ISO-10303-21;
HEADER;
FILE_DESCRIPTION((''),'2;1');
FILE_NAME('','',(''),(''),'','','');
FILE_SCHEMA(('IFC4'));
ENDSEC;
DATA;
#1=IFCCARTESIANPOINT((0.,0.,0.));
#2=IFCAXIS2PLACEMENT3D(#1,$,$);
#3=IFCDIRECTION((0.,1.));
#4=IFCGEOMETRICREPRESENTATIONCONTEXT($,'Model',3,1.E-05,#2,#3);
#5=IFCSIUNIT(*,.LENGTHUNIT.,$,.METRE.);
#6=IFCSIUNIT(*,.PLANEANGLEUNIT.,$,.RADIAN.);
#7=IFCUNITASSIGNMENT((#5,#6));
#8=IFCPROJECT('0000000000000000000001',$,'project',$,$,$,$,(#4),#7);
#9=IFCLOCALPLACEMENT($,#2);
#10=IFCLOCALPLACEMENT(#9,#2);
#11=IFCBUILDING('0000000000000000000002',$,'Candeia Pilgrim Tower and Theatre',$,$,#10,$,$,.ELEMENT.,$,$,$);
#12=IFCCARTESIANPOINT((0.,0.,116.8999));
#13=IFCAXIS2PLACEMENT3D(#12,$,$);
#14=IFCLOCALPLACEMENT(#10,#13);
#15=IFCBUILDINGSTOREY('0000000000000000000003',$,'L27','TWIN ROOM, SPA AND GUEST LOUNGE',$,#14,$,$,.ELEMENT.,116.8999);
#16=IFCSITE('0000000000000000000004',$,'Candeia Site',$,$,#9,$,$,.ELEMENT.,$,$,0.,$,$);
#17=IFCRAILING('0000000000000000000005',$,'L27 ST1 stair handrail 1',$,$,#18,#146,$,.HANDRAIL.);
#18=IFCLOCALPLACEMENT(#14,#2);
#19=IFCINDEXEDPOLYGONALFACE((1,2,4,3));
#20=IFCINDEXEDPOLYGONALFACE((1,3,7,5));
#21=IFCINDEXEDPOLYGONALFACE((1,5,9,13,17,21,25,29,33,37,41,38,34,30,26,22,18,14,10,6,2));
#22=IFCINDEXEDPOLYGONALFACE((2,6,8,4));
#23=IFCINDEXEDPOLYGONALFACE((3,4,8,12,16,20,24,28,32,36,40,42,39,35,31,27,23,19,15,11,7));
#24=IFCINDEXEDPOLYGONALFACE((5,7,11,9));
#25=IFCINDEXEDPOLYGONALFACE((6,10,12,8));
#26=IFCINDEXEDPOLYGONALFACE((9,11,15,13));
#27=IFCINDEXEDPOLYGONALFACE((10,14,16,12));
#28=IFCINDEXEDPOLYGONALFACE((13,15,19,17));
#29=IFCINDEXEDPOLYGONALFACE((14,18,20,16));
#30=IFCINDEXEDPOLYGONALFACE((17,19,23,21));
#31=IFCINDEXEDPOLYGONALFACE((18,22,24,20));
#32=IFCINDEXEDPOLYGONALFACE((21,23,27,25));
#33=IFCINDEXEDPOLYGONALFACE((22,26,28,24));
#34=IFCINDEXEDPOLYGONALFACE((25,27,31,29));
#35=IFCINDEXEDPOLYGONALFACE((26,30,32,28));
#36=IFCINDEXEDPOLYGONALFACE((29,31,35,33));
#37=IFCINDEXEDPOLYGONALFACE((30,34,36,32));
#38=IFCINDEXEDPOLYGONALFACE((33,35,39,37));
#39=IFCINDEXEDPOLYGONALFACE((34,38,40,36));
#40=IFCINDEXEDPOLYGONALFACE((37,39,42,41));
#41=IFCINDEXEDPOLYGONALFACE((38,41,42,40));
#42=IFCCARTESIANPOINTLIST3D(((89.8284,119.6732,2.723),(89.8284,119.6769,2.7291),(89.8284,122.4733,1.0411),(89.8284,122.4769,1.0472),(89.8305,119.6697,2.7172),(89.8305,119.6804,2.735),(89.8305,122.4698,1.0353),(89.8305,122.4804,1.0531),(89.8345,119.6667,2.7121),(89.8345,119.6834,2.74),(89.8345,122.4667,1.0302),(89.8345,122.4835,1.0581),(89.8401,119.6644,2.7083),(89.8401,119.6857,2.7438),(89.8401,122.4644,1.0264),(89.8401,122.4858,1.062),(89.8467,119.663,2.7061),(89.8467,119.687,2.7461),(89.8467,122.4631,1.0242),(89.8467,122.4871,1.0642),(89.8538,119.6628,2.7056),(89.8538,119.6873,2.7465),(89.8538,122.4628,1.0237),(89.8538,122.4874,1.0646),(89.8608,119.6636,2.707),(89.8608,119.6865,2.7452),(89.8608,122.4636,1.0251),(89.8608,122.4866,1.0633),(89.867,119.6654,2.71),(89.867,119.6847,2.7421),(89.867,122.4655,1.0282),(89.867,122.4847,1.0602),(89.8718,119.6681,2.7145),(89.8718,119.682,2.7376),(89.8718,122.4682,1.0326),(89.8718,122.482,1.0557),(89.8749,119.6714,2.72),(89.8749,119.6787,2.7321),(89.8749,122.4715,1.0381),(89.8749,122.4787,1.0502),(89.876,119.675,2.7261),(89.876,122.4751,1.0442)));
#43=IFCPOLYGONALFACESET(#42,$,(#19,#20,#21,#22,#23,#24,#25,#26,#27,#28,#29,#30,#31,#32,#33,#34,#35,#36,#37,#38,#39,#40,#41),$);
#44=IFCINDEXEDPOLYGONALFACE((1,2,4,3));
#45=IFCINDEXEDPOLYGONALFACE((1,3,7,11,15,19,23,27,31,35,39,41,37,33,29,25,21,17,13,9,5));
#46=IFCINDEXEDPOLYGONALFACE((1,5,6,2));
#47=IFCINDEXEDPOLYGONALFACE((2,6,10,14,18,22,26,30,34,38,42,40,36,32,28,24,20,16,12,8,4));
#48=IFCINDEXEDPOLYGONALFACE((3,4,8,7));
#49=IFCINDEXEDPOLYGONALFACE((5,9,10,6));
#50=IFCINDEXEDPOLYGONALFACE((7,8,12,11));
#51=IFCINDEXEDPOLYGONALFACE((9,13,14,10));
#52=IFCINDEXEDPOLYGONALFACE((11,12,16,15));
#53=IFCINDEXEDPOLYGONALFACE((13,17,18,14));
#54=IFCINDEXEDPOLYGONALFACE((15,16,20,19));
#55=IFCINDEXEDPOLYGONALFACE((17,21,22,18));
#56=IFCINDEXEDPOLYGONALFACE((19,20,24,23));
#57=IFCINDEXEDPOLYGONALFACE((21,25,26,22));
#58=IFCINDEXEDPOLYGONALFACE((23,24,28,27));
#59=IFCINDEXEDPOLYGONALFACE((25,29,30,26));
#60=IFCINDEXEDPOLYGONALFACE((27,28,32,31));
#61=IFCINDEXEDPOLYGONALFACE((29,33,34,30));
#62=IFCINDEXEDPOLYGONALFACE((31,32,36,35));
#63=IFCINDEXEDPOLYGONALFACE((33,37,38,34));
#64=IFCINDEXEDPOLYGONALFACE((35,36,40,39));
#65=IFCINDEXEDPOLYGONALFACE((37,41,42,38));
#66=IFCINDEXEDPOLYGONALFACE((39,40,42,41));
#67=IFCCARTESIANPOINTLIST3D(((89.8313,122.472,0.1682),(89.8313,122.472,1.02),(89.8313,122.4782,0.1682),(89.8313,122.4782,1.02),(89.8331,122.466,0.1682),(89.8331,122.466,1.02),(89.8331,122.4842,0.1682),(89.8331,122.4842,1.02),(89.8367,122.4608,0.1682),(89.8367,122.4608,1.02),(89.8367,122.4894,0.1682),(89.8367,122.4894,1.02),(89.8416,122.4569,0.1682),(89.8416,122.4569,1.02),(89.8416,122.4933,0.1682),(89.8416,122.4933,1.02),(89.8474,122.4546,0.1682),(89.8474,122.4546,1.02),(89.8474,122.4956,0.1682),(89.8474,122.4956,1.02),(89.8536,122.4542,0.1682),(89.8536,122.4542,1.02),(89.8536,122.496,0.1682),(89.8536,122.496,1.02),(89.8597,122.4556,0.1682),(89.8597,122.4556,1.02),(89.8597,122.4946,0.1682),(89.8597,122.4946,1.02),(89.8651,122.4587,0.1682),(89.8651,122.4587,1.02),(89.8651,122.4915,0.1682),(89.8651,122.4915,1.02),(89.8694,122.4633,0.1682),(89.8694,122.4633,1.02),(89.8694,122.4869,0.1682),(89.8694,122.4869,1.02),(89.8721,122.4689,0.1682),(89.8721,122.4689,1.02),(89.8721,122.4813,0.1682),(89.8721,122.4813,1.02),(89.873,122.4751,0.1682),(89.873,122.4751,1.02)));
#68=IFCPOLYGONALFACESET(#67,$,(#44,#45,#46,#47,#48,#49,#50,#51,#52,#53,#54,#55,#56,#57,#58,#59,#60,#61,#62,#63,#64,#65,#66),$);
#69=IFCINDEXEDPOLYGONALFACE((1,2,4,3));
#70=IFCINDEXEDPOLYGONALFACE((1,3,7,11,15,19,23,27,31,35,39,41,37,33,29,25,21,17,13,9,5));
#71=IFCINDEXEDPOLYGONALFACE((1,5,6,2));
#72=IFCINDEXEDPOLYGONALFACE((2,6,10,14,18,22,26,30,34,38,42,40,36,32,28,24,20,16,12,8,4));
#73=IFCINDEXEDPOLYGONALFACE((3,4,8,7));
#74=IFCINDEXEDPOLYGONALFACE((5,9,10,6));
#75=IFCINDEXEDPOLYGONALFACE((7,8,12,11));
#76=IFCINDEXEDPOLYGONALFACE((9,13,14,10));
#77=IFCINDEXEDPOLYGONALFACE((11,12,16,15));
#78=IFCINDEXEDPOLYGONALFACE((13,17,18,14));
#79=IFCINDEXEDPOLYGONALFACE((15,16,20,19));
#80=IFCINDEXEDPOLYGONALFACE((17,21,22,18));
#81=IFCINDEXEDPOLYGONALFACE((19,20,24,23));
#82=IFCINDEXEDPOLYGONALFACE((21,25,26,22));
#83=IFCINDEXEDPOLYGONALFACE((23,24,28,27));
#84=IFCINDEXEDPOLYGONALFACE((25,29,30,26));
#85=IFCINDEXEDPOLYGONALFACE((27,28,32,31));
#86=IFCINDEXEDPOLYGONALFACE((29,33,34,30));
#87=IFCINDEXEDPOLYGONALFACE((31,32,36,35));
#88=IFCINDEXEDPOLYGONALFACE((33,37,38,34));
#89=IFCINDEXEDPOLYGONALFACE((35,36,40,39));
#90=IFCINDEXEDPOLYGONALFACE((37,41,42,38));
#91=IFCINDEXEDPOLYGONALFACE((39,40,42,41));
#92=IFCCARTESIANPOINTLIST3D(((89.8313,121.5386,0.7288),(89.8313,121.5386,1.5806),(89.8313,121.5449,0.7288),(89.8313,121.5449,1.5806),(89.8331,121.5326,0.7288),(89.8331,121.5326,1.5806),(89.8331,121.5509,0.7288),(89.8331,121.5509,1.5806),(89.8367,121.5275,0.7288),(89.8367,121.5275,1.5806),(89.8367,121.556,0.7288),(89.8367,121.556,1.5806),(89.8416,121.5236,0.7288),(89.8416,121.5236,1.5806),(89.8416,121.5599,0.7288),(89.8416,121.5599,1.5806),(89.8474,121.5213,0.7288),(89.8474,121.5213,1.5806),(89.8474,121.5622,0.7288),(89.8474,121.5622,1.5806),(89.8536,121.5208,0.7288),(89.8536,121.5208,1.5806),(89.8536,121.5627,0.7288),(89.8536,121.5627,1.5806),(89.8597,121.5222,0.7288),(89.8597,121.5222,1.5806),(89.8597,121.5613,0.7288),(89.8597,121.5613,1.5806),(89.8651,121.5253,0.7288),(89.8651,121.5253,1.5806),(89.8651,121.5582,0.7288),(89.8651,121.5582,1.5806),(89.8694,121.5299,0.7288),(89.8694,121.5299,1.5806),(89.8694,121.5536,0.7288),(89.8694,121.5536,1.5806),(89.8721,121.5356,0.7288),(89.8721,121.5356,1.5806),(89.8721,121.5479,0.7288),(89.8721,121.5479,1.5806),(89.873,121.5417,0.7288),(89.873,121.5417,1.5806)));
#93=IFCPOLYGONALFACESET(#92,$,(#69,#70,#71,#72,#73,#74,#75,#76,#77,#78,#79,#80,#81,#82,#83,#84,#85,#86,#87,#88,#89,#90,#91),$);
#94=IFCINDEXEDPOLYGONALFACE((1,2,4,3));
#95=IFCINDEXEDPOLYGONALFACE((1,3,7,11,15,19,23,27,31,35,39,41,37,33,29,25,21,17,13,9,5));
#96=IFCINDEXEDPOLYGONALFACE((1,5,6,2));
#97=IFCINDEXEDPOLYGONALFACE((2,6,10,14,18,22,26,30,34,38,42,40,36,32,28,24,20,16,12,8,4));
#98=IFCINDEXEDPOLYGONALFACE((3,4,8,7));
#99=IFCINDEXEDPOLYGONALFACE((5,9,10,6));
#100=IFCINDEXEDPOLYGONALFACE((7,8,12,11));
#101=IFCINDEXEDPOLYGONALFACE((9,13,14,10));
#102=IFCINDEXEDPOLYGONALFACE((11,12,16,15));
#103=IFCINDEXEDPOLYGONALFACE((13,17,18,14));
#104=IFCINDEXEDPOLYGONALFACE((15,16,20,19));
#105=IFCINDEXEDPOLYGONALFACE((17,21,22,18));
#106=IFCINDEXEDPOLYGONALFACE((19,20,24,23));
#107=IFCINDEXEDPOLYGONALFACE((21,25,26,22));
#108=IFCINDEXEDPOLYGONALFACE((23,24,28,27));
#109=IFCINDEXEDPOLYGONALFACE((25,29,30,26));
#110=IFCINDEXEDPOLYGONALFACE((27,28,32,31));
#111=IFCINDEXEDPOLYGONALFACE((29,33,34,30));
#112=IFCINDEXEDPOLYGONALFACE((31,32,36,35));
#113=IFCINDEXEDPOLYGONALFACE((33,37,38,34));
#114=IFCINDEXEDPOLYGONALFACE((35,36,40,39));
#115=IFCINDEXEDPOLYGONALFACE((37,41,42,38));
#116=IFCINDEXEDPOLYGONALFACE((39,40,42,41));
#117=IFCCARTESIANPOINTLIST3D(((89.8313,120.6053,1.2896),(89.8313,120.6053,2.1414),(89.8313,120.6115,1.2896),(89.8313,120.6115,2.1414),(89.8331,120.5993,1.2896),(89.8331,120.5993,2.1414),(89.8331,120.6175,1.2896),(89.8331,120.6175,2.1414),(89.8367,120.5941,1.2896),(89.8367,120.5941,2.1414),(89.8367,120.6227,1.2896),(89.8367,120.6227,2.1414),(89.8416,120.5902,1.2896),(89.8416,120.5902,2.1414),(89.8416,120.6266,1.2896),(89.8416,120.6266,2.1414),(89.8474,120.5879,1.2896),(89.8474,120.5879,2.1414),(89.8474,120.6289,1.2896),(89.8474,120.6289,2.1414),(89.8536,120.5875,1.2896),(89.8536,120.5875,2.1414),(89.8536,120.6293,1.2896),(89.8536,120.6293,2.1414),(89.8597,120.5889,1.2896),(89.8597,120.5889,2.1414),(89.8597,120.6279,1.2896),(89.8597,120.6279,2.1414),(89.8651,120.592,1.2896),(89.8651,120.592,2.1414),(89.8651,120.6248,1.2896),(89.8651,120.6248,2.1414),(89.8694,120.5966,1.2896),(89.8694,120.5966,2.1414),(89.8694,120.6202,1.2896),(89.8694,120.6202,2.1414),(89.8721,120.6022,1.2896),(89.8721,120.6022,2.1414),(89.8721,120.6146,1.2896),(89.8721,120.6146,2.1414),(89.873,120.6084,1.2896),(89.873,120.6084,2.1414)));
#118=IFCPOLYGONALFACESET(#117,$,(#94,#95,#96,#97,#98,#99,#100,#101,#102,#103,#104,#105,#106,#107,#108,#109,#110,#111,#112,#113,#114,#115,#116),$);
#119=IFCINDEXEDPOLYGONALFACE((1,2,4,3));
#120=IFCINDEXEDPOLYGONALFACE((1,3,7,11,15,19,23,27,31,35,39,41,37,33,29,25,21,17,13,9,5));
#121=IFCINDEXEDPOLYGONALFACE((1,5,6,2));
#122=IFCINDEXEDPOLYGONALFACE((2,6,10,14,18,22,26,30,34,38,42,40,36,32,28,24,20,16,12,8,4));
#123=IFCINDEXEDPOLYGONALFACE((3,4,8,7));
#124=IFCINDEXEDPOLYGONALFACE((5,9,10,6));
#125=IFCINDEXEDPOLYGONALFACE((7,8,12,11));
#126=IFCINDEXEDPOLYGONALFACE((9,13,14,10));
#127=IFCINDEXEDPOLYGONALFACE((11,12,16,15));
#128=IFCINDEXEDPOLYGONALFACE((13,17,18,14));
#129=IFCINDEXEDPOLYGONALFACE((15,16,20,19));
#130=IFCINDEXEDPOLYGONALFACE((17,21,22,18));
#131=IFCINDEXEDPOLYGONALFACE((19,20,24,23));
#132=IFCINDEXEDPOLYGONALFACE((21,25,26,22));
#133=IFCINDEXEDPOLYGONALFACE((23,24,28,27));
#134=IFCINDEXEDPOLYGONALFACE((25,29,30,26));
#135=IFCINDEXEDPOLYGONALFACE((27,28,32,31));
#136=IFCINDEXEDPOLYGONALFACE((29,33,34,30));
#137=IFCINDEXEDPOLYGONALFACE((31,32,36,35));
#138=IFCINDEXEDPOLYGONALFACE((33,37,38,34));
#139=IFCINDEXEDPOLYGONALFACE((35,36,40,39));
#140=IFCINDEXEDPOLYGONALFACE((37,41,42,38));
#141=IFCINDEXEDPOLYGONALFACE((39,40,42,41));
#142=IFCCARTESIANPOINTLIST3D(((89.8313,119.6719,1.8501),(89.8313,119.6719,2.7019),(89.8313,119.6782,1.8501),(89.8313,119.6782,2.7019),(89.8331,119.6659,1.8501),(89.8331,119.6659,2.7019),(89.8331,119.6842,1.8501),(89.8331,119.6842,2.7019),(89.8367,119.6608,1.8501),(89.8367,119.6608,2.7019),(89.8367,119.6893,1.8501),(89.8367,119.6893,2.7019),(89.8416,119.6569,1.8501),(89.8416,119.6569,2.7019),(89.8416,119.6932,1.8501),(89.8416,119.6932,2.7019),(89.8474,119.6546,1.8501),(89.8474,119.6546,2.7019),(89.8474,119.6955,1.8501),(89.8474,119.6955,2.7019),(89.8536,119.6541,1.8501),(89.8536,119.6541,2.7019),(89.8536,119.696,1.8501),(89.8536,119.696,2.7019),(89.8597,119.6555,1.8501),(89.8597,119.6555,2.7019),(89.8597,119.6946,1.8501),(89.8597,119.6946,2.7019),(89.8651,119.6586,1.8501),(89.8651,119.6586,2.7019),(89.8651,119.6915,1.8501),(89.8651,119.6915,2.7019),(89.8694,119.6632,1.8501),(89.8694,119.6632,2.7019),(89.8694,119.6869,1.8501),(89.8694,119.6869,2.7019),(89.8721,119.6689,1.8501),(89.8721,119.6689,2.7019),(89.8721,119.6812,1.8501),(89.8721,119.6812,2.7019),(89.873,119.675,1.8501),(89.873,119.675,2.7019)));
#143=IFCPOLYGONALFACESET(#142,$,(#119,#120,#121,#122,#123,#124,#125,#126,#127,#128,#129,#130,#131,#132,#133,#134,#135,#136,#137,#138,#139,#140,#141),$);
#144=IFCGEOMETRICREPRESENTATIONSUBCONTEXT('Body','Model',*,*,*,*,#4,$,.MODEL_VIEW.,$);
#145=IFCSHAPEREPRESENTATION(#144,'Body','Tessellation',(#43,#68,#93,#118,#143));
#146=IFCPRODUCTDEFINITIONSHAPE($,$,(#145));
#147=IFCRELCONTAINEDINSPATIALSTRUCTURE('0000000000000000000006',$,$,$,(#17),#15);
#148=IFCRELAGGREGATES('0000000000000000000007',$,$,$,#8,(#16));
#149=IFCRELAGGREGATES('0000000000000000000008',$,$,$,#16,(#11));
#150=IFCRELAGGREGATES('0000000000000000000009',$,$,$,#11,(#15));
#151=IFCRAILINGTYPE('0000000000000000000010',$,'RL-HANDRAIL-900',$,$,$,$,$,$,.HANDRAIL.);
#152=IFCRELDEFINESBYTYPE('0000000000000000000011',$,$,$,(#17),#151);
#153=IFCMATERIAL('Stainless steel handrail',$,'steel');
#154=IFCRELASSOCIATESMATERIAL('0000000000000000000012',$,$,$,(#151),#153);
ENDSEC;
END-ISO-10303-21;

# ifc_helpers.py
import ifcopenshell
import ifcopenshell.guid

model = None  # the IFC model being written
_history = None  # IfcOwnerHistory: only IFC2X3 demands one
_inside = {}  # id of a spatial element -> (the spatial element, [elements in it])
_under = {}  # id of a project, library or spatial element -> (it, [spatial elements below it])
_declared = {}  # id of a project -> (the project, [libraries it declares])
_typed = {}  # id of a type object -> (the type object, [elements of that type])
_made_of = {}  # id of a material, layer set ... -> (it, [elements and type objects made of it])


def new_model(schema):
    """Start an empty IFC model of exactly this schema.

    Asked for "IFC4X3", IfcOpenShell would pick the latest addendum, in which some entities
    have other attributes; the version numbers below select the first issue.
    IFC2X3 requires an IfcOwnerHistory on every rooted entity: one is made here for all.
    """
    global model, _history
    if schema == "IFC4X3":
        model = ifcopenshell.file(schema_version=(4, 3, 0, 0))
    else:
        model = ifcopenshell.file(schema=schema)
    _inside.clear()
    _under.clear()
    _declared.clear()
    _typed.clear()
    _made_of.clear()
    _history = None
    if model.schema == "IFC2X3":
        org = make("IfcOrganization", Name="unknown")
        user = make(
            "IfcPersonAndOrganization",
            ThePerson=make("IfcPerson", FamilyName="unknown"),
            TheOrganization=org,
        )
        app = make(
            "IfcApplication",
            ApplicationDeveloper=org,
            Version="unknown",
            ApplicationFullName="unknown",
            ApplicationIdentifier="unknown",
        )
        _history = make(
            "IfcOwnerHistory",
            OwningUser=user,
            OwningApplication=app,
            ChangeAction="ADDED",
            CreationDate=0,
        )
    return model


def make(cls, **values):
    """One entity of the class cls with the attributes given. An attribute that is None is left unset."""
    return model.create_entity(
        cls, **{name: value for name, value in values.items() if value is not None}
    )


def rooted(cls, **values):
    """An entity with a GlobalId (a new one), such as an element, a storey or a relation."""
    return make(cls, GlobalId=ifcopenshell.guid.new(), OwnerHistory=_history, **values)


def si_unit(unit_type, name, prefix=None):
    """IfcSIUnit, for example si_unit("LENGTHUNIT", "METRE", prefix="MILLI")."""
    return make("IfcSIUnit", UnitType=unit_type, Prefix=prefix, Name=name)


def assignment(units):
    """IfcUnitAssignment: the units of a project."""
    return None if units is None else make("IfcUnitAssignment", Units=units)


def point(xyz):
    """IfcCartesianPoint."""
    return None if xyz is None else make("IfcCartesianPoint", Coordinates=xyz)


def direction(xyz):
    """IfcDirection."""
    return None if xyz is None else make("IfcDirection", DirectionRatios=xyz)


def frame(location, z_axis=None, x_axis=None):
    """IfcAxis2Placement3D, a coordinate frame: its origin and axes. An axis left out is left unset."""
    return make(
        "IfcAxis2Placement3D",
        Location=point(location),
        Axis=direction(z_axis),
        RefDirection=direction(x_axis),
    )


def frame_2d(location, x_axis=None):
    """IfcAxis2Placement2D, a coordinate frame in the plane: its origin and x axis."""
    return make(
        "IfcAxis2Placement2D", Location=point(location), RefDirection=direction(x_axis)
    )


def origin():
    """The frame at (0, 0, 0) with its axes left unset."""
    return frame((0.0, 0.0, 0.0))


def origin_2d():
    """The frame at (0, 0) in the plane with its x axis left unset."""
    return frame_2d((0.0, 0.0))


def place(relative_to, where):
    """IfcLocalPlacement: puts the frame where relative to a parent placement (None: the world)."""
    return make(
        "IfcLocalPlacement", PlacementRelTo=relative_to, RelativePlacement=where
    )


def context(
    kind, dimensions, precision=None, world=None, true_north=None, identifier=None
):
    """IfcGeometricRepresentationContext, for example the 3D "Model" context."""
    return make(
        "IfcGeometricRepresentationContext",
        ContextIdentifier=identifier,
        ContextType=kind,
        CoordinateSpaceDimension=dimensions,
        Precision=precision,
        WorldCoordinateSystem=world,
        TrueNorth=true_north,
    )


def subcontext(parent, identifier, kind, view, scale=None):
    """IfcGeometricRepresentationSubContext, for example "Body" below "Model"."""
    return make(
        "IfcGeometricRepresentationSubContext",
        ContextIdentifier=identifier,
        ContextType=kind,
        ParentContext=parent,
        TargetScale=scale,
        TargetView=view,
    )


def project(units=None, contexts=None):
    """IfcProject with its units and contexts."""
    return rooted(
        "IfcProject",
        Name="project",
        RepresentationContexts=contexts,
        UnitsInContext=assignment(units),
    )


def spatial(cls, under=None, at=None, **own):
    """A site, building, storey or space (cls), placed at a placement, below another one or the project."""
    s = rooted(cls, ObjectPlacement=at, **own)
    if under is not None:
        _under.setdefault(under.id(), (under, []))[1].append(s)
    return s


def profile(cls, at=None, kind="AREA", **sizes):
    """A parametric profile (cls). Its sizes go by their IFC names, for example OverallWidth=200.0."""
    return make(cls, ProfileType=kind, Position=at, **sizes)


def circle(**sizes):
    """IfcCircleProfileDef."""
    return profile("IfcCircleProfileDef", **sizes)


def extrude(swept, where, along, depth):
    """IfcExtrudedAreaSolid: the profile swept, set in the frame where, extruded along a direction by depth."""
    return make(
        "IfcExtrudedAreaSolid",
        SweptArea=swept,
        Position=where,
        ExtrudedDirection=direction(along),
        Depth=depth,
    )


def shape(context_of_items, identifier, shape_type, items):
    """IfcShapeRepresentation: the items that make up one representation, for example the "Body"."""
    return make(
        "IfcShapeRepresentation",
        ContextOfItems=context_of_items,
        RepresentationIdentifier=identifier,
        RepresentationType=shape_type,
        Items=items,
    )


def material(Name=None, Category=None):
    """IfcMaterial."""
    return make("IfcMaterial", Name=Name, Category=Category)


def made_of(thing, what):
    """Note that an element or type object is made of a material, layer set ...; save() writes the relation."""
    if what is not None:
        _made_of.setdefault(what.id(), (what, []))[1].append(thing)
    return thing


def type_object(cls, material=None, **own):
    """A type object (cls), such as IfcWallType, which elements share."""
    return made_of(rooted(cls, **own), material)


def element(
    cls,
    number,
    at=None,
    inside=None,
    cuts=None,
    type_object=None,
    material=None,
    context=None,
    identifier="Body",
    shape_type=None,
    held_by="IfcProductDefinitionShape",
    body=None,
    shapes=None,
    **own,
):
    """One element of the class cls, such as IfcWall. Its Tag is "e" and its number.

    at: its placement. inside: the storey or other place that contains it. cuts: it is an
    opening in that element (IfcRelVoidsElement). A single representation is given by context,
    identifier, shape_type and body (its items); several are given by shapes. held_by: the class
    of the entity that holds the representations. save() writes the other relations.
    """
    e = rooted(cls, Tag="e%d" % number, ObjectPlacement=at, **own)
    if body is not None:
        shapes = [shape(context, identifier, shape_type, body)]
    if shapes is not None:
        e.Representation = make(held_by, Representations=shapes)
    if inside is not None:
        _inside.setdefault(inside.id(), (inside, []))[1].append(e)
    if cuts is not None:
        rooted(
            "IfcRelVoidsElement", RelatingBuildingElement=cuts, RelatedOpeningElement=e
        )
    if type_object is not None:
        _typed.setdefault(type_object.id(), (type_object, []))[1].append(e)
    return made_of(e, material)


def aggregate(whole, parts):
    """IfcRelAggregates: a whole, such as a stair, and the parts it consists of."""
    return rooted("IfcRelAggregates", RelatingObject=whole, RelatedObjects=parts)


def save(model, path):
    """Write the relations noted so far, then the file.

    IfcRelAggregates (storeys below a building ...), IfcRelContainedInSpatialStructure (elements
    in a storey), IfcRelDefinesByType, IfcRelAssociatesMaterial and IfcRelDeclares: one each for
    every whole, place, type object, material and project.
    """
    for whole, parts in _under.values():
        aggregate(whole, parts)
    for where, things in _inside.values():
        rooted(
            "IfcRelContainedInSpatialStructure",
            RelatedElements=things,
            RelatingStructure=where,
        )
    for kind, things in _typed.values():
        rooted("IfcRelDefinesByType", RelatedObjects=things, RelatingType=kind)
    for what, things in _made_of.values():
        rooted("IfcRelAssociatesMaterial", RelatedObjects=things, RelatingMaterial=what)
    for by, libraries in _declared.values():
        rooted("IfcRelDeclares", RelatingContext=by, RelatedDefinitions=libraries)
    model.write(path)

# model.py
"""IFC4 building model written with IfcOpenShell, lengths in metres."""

from ifc_helpers import new_model, si_unit, direction, frame, origin, origin_2d, place, context, subcontext, project, spatial, circle, extrude, material, type_object, element, save


model = new_model("IFC4")

# Units and contexts
model_context = context("Model", 3, precision=1e-05, world=origin(), true_north=direction((0.0, 1.0)))
body_context = subcontext(model_context, "Body", "Model", "MODEL_VIEW")
ifc_project = project(units=[si_unit("LENGTHUNIT", "METRE"), si_unit("PLANEANGLEUNIT", "RADIAN")], contexts=[model_context])

# Site, building, storey
site_placement = place(None, origin())
site = spatial("IfcSite", under=ifc_project, at=site_placement, Name="Candeia Site", CompositionType="ELEMENT", RefElevation=0.0)
building_placement = place(site_placement, origin())
building = spatial("IfcBuilding", under=site, at=building_placement, Name="Candeia Pilgrim Tower and Theatre", CompositionType="ELEMENT")
storey_placement = place(building_placement, frame((0.0, 0.0, 116.8999)))
storey = spatial("IfcBuildingStorey", under=building, at=storey_placement, Name="L27", Description="TWIN ROOM, SPA AND GUEST LOUNGE", CompositionType="ELEMENT", Elevation=116.8999)

# Railing
ifc_material_1 = material(Name="Stainless steel handrail", Category="steel")
railing_type_1 = type_object("IfcRailingType", Name="RL-HANDRAIL-900", PredefinedType="HANDRAIL", material=ifc_material_1)
for number, where, name in (
    (1, (89.8521, 122.4751, 0.1682), "L27 ST1 stair handrail 1"),
):
    element("IfcRailing", number, at=place(storey_placement, frame(where)), inside=storey, type_object=railing_type_1, Name=name, PredefinedType="HANDRAIL", context=body_context, shape_type="SweptSolid", body=[
        extrude(circle(Radius=0.0239, at=origin_2d()), frame((0.0, 0.0, 0.876), z_axis=(0.0, -0.857242, 0.514913), x_axis=(1.0, 0.0, 0.0)), (0.0, 0.0, 1.0), 3.2664),
        extrude(circle(Radius=0.021, at=origin_2d()), origin(), (0.0, 0.0, 1.0), 0.8518),
        extrude(circle(Radius=0.021, at=origin_2d()), frame((0.0, -0.9333, 0.5605)), (0.0, 0.0, 1.0), 0.8518),
        extrude(circle(Radius=0.021, at=origin_2d()), frame((0.0, -1.8667, 1.1213)), (0.0, 0.0, 1.0), 0.8518),
        extrude(circle(Radius=0.021, at=origin_2d()), frame((0.0, -2.8, 1.6819)), (0.0, 0.0, 1.0), 0.8518),
    ])

save(model, "model.ifc")
